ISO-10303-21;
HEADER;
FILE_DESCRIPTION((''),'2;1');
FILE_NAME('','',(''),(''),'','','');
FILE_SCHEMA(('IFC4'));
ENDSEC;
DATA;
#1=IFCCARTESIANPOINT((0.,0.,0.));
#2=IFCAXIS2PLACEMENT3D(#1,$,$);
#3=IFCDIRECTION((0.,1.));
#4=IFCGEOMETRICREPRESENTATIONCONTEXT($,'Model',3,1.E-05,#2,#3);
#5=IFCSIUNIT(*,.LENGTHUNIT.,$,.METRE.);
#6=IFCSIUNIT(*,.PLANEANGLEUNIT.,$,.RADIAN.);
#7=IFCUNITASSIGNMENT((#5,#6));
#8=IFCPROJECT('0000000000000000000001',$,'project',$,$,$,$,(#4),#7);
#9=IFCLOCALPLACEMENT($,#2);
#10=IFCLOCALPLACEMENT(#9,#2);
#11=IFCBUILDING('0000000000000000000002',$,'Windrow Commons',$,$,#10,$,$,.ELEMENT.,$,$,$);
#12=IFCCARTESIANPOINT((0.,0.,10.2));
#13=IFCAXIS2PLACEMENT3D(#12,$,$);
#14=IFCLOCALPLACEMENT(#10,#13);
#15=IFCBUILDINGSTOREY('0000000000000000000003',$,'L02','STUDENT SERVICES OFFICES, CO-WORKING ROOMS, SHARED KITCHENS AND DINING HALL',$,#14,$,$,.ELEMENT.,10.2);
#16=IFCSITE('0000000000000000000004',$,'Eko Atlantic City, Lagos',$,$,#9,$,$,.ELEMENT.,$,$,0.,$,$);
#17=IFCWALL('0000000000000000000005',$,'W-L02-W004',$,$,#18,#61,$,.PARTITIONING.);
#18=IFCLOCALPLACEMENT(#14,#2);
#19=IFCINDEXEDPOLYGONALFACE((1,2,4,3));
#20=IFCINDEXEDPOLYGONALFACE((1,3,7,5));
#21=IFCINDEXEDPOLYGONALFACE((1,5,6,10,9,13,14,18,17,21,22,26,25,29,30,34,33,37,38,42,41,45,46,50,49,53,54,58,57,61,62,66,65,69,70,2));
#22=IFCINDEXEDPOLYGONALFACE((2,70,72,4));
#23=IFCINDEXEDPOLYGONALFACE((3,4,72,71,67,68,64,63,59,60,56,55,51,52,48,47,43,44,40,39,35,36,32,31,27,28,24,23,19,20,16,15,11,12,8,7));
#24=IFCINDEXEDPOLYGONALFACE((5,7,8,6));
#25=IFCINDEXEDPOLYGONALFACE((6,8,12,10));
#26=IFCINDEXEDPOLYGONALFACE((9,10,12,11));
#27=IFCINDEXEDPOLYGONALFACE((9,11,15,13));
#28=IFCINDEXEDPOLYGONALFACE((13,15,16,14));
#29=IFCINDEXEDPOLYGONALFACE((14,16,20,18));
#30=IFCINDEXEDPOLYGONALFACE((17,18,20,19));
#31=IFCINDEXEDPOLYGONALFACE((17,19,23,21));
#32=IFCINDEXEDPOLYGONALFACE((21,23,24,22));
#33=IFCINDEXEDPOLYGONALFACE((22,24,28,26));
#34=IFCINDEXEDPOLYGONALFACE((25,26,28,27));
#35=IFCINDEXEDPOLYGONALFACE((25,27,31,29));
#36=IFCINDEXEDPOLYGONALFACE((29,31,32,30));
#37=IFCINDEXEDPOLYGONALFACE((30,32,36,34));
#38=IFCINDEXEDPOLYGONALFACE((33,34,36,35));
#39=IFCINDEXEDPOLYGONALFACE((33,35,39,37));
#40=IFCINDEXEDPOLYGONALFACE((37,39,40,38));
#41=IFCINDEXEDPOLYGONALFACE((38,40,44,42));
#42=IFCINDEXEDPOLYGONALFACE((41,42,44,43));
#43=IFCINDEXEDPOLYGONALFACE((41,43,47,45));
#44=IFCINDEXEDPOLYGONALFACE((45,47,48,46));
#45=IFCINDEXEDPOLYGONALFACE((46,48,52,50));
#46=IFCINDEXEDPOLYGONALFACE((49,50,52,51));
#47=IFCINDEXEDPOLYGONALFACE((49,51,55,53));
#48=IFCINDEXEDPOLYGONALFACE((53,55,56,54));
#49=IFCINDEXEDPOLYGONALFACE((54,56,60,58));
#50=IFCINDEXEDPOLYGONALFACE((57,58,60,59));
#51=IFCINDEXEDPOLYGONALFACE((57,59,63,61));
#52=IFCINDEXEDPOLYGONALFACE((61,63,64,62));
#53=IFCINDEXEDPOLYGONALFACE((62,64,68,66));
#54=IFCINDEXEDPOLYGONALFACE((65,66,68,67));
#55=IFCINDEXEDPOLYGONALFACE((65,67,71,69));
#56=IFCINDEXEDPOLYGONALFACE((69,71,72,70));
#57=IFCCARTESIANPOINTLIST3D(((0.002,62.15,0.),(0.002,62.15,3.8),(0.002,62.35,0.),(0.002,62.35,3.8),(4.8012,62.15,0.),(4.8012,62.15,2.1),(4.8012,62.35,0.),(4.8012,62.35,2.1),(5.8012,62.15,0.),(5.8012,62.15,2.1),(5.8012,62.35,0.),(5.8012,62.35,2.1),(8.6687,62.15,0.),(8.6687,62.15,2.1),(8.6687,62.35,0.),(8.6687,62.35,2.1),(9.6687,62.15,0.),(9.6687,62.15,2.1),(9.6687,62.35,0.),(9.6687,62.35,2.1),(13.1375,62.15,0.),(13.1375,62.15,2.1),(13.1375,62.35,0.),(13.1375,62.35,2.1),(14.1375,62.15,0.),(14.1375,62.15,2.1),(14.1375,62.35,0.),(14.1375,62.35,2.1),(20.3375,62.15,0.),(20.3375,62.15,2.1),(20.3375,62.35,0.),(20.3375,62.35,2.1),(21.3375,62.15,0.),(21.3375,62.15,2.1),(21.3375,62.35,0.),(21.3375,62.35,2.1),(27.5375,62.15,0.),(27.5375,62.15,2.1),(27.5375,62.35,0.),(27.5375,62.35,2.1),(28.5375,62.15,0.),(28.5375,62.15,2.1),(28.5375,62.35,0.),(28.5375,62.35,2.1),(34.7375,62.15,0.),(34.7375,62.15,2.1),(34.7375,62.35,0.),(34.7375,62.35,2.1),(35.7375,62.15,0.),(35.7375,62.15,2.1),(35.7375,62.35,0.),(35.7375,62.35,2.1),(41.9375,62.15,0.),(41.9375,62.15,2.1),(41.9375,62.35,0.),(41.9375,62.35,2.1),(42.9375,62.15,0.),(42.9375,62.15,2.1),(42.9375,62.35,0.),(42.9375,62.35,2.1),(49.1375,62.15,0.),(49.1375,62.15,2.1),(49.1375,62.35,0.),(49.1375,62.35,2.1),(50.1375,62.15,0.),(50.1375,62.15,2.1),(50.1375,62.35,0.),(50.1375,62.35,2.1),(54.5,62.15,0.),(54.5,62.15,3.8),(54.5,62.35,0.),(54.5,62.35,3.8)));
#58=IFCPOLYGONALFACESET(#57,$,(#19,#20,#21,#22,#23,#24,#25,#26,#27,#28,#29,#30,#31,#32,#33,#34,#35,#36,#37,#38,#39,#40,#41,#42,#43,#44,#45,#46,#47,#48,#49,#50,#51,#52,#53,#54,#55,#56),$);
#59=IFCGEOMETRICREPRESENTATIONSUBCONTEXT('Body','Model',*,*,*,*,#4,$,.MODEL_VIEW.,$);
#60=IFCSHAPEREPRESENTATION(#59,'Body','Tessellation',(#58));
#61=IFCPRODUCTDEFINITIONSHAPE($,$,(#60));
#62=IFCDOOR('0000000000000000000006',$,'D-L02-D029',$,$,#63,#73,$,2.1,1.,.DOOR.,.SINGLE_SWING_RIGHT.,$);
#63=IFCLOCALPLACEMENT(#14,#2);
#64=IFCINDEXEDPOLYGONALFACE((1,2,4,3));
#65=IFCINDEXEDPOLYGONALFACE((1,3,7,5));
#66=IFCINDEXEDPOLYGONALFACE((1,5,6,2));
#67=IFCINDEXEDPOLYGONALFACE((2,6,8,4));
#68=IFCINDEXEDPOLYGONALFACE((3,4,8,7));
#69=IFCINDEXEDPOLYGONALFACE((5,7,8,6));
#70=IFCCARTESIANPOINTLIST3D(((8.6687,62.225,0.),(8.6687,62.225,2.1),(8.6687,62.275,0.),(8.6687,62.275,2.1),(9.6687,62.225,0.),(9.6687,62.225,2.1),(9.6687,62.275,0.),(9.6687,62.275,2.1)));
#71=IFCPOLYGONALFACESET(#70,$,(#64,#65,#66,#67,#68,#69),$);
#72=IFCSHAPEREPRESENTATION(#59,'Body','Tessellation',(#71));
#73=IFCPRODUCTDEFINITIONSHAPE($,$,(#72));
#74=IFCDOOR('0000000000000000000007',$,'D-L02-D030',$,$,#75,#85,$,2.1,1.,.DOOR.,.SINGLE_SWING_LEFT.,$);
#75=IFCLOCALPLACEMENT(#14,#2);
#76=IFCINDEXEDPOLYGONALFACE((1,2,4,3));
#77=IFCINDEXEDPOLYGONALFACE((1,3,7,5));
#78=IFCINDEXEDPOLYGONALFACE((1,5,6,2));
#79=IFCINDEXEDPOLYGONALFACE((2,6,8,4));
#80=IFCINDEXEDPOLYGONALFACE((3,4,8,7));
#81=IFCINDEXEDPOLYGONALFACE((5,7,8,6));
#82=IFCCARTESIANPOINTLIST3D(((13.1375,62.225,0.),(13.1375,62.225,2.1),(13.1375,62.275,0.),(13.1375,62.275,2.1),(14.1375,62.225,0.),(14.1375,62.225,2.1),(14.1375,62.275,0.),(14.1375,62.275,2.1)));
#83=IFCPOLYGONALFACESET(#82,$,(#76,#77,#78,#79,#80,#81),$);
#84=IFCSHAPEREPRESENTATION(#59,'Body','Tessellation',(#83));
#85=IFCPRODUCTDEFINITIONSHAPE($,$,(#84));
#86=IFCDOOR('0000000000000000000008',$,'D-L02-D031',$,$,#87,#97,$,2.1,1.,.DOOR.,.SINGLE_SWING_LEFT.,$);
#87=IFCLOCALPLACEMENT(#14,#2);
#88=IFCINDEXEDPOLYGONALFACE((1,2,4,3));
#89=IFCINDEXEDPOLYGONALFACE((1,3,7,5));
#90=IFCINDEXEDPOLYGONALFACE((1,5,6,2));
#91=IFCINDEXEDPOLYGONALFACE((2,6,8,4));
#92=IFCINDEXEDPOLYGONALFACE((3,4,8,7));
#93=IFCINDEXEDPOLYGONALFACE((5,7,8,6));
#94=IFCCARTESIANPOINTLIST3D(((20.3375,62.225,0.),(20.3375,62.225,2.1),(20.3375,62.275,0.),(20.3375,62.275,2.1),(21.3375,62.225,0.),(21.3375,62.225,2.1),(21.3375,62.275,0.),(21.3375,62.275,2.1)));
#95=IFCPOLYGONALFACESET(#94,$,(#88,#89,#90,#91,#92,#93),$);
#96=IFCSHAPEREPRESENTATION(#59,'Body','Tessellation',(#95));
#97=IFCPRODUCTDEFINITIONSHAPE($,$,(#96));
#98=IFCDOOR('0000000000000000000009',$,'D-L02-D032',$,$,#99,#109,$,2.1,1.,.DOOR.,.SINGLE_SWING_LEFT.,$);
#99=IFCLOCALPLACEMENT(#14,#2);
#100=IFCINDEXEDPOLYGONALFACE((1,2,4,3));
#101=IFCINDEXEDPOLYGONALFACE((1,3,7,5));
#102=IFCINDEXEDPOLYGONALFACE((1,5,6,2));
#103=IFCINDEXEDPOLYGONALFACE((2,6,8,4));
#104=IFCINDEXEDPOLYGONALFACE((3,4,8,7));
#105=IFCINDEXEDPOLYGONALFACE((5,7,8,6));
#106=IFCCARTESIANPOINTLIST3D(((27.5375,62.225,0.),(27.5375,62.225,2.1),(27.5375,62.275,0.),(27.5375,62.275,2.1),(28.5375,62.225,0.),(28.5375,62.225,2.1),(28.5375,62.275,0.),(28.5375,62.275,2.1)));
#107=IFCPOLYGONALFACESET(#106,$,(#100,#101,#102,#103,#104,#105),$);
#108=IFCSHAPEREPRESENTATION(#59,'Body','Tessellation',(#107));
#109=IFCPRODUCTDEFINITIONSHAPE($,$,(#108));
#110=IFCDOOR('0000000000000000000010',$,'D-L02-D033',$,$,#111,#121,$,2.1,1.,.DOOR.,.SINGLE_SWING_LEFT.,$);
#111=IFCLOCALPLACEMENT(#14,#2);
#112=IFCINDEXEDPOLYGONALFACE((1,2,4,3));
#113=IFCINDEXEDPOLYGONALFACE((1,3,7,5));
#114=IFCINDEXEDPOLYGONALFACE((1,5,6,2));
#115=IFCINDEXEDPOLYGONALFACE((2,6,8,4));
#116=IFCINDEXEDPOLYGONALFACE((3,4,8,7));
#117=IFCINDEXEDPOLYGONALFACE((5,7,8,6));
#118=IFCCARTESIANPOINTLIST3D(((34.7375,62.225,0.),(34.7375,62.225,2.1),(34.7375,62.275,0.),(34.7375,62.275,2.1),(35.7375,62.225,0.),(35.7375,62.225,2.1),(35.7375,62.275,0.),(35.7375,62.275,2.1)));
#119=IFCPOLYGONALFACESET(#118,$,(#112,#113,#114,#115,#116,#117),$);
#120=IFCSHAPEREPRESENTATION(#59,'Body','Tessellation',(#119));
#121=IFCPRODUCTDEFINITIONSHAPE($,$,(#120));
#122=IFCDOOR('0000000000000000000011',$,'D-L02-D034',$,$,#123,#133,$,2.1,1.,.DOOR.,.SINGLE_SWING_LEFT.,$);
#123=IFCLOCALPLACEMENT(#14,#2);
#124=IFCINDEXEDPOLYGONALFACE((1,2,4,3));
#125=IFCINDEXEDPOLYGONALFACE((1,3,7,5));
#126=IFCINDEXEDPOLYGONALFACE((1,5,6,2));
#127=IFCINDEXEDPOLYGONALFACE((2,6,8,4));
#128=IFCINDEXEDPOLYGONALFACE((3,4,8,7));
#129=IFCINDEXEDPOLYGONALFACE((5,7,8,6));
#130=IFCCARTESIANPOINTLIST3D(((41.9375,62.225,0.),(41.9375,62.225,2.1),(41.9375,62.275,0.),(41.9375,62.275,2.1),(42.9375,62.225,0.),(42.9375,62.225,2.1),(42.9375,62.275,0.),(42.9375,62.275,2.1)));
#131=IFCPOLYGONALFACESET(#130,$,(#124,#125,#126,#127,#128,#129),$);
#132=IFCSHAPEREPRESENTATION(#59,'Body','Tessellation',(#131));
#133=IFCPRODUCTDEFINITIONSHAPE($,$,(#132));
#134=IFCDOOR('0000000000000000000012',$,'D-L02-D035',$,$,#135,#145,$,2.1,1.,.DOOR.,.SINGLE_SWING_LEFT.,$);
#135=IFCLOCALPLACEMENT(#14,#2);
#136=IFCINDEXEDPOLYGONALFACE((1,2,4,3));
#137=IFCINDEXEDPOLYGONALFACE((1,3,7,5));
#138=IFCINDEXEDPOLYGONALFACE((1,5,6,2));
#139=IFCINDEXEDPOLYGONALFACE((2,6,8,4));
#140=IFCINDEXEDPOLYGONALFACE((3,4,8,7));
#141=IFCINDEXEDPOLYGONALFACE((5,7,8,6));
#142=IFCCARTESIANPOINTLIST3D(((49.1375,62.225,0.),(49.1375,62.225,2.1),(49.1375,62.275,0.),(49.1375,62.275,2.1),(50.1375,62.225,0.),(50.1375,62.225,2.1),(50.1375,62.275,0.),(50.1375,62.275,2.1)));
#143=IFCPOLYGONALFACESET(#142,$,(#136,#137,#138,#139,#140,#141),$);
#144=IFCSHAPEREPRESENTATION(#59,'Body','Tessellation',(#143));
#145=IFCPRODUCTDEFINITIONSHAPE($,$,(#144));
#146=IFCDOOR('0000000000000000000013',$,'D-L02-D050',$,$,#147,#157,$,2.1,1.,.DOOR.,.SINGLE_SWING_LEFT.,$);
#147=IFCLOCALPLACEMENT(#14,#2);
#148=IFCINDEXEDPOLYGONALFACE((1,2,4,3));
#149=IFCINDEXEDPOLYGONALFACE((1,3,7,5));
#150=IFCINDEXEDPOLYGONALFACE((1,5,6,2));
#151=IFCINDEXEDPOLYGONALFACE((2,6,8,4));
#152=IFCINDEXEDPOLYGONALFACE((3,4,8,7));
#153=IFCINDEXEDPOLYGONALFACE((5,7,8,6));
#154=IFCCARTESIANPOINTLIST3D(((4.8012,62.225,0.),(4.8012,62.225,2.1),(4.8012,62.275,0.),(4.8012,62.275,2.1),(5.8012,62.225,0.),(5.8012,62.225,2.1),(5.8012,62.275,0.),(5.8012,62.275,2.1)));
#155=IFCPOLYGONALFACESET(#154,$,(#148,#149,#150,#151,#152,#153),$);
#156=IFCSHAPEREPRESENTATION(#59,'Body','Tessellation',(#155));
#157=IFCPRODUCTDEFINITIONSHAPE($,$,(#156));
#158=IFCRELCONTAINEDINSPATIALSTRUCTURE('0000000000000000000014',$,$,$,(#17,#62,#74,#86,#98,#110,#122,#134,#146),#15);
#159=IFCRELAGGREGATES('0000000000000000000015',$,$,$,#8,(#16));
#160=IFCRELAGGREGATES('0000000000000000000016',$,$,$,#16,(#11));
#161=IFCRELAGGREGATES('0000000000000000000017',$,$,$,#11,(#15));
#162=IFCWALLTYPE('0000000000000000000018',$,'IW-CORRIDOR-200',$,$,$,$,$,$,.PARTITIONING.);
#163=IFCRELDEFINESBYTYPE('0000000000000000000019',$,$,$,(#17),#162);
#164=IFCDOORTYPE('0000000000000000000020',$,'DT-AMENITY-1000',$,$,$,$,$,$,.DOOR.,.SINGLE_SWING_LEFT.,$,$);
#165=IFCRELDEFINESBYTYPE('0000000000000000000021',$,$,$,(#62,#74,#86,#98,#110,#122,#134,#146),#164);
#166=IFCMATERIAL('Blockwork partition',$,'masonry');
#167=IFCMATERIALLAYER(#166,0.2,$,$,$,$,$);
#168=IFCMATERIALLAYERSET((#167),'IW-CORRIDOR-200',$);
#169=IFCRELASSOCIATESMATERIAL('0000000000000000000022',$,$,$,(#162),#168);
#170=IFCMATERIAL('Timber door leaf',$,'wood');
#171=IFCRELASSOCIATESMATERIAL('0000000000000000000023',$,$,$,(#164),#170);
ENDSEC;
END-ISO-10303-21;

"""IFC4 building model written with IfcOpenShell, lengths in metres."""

from ifc_helpers import new_model, si_unit, direction, frame, frame_2d, origin, place, context, subcontext, project, spatial, rectangle, extrude, material, layer, layer_set, type_object, element, fill, save


model = new_model("IFC4")

# Units and contexts
model_context = context("Model", 3, precision=1e-05, world=origin(), true_north=direction((0.0, 1.0)))
body_context = subcontext(model_context, "Body", "Model", "MODEL_VIEW")
ifc_project = project(units=[si_unit("LENGTHUNIT", "METRE"), si_unit("PLANEANGLEUNIT", "RADIAN")], contexts=[model_context])

# Site, building, storey
site_placement = place(None, origin())
site = spatial("IfcSite", under=ifc_project, at=site_placement, Name="Eko Atlantic City, Lagos", CompositionType="ELEMENT", RefElevation=0.0)
building_placement = place(site_placement, origin())
building = spatial("IfcBuilding", under=site, at=building_placement, Name="Windrow Commons", CompositionType="ELEMENT")
storey_placement = place(building_placement, frame((0.0, 0.0, 10.2)))
storey = spatial("IfcBuildingStorey", under=building, at=storey_placement, Name="L02", Description="STUDENT SERVICES OFFICES, CO-WORKING ROOMS, SHARED KITCHENS AND DINING HALL", CompositionType="ELEMENT", Elevation=10.2)

# Wall, openings, doors
ifc_material_1 = material(Name="Blockwork partition", Category="masonry")
ifc_layer_1 = layer(ifc_material_1, 0.2)
ifc_layer_set_1 = layer_set([ifc_layer_1], Name="IW-CORRIDOR-200")
wall_type_1 = type_object("IfcWallType", Name="IW-CORRIDOR-200", PredefinedType="PARTITIONING", material=ifc_layer_set_1)
wall_placement = place(storey_placement, frame((0.002, 62.25, 0.0), z_axis=(0.0, 0.0, 1.0), x_axis=(1.0, 0.0, 0.0)))
wall = element("IfcWall", 1, at=wall_placement, inside=storey, type_object=wall_type_1, Name="W-L02-W004", PredefinedType="PARTITIONING", context=body_context, shape_type="SweptSolid", body=[
    extrude(rectangle(XDim=54.498, YDim=0.2, at=frame_2d((27.249, 0.0))), origin(), (0.0, 0.0, 1.0), 3.8),
])
opening_1_placement = place(wall_placement, frame((8.6667, 0.0, 0.0)))
opening_1 = element("IfcOpeningElement", 2, at=opening_1_placement, cuts=wall, PredefinedType="OPENING", context=body_context, shape_type="SweptSolid", body=[
    extrude(rectangle(XDim=1.0, YDim=2.1, at=frame_2d((0.5, 1.05))), frame((0.0, 0.11, 0.0), z_axis=(0.0, -1.0, 0.0), x_axis=(1.0, 0.0, 0.0)), (0.0, 0.0, 1.0), 0.22),
])
opening_2_placement = place(wall_placement, frame((13.1355, 0.0, 0.0)))
opening_2 = element("IfcOpeningElement", 3, at=opening_2_placement, cuts=wall, PredefinedType="OPENING", context=body_context, shape_type="SweptSolid", body=[
    extrude(rectangle(XDim=1.0, YDim=2.1, at=frame_2d((0.5, 1.05))), frame((0.0, 0.11, 0.0), z_axis=(0.0, -1.0, 0.0), x_axis=(1.0, 0.0, 0.0)), (0.0, 0.0, 1.0), 0.22),
])
opening_3_placement = place(wall_placement, frame((20.3355, 0.0, 0.0)))
opening_3 = element("IfcOpeningElement", 4, at=opening_3_placement, cuts=wall, PredefinedType="OPENING", context=body_context, shape_type="SweptSolid", body=[
    extrude(rectangle(XDim=1.0, YDim=2.1, at=frame_2d((0.5, 1.05))), frame((0.0, 0.11, 0.0), z_axis=(0.0, -1.0, 0.0), x_axis=(1.0, 0.0, 0.0)), (0.0, 0.0, 1.0), 0.22),
])
opening_4_placement = place(wall_placement, frame((27.5355, 0.0, 0.0)))
opening_4 = element("IfcOpeningElement", 5, at=opening_4_placement, cuts=wall, PredefinedType="OPENING", context=body_context, shape_type="SweptSolid", body=[
    extrude(rectangle(XDim=1.0, YDim=2.1, at=frame_2d((0.5, 1.05))), frame((0.0, 0.11, 0.0), z_axis=(0.0, -1.0, 0.0), x_axis=(1.0, 0.0, 0.0)), (0.0, 0.0, 1.0), 0.22),
])
opening_5_placement = place(wall_placement, frame((34.7355, 0.0, 0.0)))
opening_5 = element("IfcOpeningElement", 6, at=opening_5_placement, cuts=wall, PredefinedType="OPENING", context=body_context, shape_type="SweptSolid", body=[
    extrude(rectangle(XDim=1.0, YDim=2.1, at=frame_2d((0.5, 1.05))), frame((0.0, 0.11, 0.0), z_axis=(0.0, -1.0, 0.0), x_axis=(1.0, 0.0, 0.0)), (0.0, 0.0, 1.0), 0.22),
])
opening_6_placement = place(wall_placement, frame((41.9355, 0.0, 0.0)))
opening_6 = element("IfcOpeningElement", 7, at=opening_6_placement, cuts=wall, PredefinedType="OPENING", context=body_context, shape_type="SweptSolid", body=[
    extrude(rectangle(XDim=1.0, YDim=2.1, at=frame_2d((0.5, 1.05))), frame((0.0, 0.11, 0.0), z_axis=(0.0, -1.0, 0.0), x_axis=(1.0, 0.0, 0.0)), (0.0, 0.0, 1.0), 0.22),
])
opening_7_placement = place(wall_placement, frame((49.1355, 0.0, 0.0)))
opening_7 = element("IfcOpeningElement", 8, at=opening_7_placement, cuts=wall, PredefinedType="OPENING", context=body_context, shape_type="SweptSolid", body=[
    extrude(rectangle(XDim=1.0, YDim=2.1, at=frame_2d((0.5, 1.05))), frame((0.0, 0.11, 0.0), z_axis=(0.0, -1.0, 0.0), x_axis=(1.0, 0.0, 0.0)), (0.0, 0.0, 1.0), 0.22),
])
opening_8_placement = place(wall_placement, frame((4.7992, 0.0, 0.0)))
opening_8 = element("IfcOpeningElement", 9, at=opening_8_placement, cuts=wall, PredefinedType="OPENING", context=body_context, shape_type="SweptSolid", body=[
    extrude(rectangle(XDim=1.0, YDim=2.1, at=frame_2d((0.5, 1.05))), frame((0.0, 0.11, 0.0), z_axis=(0.0, -1.0, 0.0), x_axis=(1.0, 0.0, 0.0)), (0.0, 0.0, 1.0), 0.22),
])
ifc_material_2 = material(Name="Timber door leaf", Category="wood")
door_type = type_object("IfcDoorType", Name="DT-AMENITY-1000", OperationType="SINGLE_SWING_LEFT", PredefinedType="DOOR", material=ifc_material_2)
door_1_placement = place(opening_1_placement, origin())
door_1 = element("IfcDoor", 10, at=door_1_placement, inside=storey, type_object=door_type, Name="D-L02-D029", OperationType="SINGLE_SWING_RIGHT", OverallHeight=2.1, OverallWidth=1.0, PredefinedType="DOOR", context=body_context, shape_type="SweptSolid", body=[
    extrude(rectangle(XDim=1.0, YDim=2.1, at=frame_2d((0.5, 1.05))), frame((0.0, 0.025, 0.0), z_axis=(0.0, -1.0, 0.0), x_axis=(1.0, 0.0, 0.0)), (0.0, 0.0, 1.0), 0.05),
])
fill(opening_1, door_1)
door_2_placement = place(opening_2_placement, origin())
door_2 = element("IfcDoor", 11, at=door_2_placement, inside=storey, type_object=door_type, Name="D-L02-D030", OperationType="SINGLE_SWING_LEFT", OverallHeight=2.1, OverallWidth=1.0, PredefinedType="DOOR", context=body_context, shape_type="SweptSolid", body=[
    extrude(rectangle(XDim=1.0, YDim=2.1, at=frame_2d((0.5, 1.05))), frame((0.0, 0.025, 0.0), z_axis=(0.0, -1.0, 0.0), x_axis=(1.0, 0.0, 0.0)), (0.0, 0.0, 1.0), 0.05),
])
fill(opening_2, door_2)
door_3_placement = place(opening_3_placement, origin())
door_3 = element("IfcDoor", 12, at=door_3_placement, inside=storey, type_object=door_type, Name="D-L02-D031", OperationType="SINGLE_SWING_LEFT", OverallHeight=2.1, OverallWidth=1.0, PredefinedType="DOOR", context=body_context, shape_type="SweptSolid", body=[
    extrude(rectangle(XDim=1.0, YDim=2.1, at=frame_2d((0.5, 1.05))), frame((0.0, 0.025, 0.0), z_axis=(0.0, -1.0, 0.0), x_axis=(1.0, 0.0, 0.0)), (0.0, 0.0, 1.0), 0.05),
])
fill(opening_3, door_3)
door_4_placement = place(opening_4_placement, origin())
door_4 = element("IfcDoor", 13, at=door_4_placement, inside=storey, type_object=door_type, Name="D-L02-D032", OperationType="SINGLE_SWING_LEFT", OverallHeight=2.1, OverallWidth=1.0, PredefinedType="DOOR", context=body_context, shape_type="SweptSolid", body=[
    extrude(rectangle(XDim=1.0, YDim=2.1, at=frame_2d((0.5, 1.05))), frame((0.0, 0.025, 0.0), z_axis=(0.0, -1.0, 0.0), x_axis=(1.0, 0.0, 0.0)), (0.0, 0.0, 1.0), 0.05),
])
fill(opening_4, door_4)
door_5_placement = place(opening_5_placement, origin())
door_5 = element("IfcDoor", 14, at=door_5_placement, inside=storey, type_object=door_type, Name="D-L02-D033", OperationType="SINGLE_SWING_LEFT", OverallHeight=2.1, OverallWidth=1.0, PredefinedType="DOOR", context=body_context, shape_type="SweptSolid", body=[
    extrude(rectangle(XDim=1.0, YDim=2.1, at=frame_2d((0.5, 1.05))), frame((0.0, 0.025, 0.0), z_axis=(0.0, -1.0, 0.0), x_axis=(1.0, 0.0, 0.0)), (0.0, 0.0, 1.0), 0.05),
])
fill(opening_5, door_5)
door_6_placement = place(opening_6_placement, origin())
door_6 = element("IfcDoor", 15, at=door_6_placement, inside=storey, type_object=door_type, Name="D-L02-D034", OperationType="SINGLE_SWING_LEFT", OverallHeight=2.1, OverallWidth=1.0, PredefinedType="DOOR", context=body_context, shape_type="SweptSolid", body=[
    extrude(rectangle(XDim=1.0, YDim=2.1, at=frame_2d((0.5, 1.05))), frame((0.0, 0.025, 0.0), z_axis=(0.0, -1.0, 0.0), x_axis=(1.0, 0.0, 0.0)), (0.0, 0.0, 1.0), 0.05),
])
fill(opening_6, door_6)
door_7_placement = place(opening_7_placement, origin())
door_7 = element("IfcDoor", 16, at=door_7_placement, inside=storey, type_object=door_type, Name="D-L02-D035", OperationType="SINGLE_SWING_LEFT", OverallHeight=2.1, OverallWidth=1.0, PredefinedType="DOOR", context=body_context, shape_type="SweptSolid", body=[
    extrude(rectangle(XDim=1.0, YDim=2.1, at=frame_2d((0.5, 1.05))), frame((0.0, 0.025, 0.0), z_axis=(0.0, -1.0, 0.0), x_axis=(1.0, 0.0, 0.0)), (0.0, 0.0, 1.0), 0.05),
])
fill(opening_7, door_7)
door_8_placement = place(opening_8_placement, origin())
door_8 = element("IfcDoor", 17, at=door_8_placement, inside=storey, type_object=door_type, Name="D-L02-D050", OperationType="SINGLE_SWING_LEFT", OverallHeight=2.1, OverallWidth=1.0, PredefinedType="DOOR", context=body_context, shape_type="SweptSolid", body=[
    extrude(rectangle(XDim=1.0, YDim=2.1, at=frame_2d((0.5, 1.05))), frame((0.0, 0.025, 0.0), z_axis=(0.0, -1.0, 0.0), x_axis=(1.0, 0.0, 0.0)), (0.0, 0.0, 1.0), 0.05),
])
fill(opening_8, door_8)

save(model, "model.ifc")
